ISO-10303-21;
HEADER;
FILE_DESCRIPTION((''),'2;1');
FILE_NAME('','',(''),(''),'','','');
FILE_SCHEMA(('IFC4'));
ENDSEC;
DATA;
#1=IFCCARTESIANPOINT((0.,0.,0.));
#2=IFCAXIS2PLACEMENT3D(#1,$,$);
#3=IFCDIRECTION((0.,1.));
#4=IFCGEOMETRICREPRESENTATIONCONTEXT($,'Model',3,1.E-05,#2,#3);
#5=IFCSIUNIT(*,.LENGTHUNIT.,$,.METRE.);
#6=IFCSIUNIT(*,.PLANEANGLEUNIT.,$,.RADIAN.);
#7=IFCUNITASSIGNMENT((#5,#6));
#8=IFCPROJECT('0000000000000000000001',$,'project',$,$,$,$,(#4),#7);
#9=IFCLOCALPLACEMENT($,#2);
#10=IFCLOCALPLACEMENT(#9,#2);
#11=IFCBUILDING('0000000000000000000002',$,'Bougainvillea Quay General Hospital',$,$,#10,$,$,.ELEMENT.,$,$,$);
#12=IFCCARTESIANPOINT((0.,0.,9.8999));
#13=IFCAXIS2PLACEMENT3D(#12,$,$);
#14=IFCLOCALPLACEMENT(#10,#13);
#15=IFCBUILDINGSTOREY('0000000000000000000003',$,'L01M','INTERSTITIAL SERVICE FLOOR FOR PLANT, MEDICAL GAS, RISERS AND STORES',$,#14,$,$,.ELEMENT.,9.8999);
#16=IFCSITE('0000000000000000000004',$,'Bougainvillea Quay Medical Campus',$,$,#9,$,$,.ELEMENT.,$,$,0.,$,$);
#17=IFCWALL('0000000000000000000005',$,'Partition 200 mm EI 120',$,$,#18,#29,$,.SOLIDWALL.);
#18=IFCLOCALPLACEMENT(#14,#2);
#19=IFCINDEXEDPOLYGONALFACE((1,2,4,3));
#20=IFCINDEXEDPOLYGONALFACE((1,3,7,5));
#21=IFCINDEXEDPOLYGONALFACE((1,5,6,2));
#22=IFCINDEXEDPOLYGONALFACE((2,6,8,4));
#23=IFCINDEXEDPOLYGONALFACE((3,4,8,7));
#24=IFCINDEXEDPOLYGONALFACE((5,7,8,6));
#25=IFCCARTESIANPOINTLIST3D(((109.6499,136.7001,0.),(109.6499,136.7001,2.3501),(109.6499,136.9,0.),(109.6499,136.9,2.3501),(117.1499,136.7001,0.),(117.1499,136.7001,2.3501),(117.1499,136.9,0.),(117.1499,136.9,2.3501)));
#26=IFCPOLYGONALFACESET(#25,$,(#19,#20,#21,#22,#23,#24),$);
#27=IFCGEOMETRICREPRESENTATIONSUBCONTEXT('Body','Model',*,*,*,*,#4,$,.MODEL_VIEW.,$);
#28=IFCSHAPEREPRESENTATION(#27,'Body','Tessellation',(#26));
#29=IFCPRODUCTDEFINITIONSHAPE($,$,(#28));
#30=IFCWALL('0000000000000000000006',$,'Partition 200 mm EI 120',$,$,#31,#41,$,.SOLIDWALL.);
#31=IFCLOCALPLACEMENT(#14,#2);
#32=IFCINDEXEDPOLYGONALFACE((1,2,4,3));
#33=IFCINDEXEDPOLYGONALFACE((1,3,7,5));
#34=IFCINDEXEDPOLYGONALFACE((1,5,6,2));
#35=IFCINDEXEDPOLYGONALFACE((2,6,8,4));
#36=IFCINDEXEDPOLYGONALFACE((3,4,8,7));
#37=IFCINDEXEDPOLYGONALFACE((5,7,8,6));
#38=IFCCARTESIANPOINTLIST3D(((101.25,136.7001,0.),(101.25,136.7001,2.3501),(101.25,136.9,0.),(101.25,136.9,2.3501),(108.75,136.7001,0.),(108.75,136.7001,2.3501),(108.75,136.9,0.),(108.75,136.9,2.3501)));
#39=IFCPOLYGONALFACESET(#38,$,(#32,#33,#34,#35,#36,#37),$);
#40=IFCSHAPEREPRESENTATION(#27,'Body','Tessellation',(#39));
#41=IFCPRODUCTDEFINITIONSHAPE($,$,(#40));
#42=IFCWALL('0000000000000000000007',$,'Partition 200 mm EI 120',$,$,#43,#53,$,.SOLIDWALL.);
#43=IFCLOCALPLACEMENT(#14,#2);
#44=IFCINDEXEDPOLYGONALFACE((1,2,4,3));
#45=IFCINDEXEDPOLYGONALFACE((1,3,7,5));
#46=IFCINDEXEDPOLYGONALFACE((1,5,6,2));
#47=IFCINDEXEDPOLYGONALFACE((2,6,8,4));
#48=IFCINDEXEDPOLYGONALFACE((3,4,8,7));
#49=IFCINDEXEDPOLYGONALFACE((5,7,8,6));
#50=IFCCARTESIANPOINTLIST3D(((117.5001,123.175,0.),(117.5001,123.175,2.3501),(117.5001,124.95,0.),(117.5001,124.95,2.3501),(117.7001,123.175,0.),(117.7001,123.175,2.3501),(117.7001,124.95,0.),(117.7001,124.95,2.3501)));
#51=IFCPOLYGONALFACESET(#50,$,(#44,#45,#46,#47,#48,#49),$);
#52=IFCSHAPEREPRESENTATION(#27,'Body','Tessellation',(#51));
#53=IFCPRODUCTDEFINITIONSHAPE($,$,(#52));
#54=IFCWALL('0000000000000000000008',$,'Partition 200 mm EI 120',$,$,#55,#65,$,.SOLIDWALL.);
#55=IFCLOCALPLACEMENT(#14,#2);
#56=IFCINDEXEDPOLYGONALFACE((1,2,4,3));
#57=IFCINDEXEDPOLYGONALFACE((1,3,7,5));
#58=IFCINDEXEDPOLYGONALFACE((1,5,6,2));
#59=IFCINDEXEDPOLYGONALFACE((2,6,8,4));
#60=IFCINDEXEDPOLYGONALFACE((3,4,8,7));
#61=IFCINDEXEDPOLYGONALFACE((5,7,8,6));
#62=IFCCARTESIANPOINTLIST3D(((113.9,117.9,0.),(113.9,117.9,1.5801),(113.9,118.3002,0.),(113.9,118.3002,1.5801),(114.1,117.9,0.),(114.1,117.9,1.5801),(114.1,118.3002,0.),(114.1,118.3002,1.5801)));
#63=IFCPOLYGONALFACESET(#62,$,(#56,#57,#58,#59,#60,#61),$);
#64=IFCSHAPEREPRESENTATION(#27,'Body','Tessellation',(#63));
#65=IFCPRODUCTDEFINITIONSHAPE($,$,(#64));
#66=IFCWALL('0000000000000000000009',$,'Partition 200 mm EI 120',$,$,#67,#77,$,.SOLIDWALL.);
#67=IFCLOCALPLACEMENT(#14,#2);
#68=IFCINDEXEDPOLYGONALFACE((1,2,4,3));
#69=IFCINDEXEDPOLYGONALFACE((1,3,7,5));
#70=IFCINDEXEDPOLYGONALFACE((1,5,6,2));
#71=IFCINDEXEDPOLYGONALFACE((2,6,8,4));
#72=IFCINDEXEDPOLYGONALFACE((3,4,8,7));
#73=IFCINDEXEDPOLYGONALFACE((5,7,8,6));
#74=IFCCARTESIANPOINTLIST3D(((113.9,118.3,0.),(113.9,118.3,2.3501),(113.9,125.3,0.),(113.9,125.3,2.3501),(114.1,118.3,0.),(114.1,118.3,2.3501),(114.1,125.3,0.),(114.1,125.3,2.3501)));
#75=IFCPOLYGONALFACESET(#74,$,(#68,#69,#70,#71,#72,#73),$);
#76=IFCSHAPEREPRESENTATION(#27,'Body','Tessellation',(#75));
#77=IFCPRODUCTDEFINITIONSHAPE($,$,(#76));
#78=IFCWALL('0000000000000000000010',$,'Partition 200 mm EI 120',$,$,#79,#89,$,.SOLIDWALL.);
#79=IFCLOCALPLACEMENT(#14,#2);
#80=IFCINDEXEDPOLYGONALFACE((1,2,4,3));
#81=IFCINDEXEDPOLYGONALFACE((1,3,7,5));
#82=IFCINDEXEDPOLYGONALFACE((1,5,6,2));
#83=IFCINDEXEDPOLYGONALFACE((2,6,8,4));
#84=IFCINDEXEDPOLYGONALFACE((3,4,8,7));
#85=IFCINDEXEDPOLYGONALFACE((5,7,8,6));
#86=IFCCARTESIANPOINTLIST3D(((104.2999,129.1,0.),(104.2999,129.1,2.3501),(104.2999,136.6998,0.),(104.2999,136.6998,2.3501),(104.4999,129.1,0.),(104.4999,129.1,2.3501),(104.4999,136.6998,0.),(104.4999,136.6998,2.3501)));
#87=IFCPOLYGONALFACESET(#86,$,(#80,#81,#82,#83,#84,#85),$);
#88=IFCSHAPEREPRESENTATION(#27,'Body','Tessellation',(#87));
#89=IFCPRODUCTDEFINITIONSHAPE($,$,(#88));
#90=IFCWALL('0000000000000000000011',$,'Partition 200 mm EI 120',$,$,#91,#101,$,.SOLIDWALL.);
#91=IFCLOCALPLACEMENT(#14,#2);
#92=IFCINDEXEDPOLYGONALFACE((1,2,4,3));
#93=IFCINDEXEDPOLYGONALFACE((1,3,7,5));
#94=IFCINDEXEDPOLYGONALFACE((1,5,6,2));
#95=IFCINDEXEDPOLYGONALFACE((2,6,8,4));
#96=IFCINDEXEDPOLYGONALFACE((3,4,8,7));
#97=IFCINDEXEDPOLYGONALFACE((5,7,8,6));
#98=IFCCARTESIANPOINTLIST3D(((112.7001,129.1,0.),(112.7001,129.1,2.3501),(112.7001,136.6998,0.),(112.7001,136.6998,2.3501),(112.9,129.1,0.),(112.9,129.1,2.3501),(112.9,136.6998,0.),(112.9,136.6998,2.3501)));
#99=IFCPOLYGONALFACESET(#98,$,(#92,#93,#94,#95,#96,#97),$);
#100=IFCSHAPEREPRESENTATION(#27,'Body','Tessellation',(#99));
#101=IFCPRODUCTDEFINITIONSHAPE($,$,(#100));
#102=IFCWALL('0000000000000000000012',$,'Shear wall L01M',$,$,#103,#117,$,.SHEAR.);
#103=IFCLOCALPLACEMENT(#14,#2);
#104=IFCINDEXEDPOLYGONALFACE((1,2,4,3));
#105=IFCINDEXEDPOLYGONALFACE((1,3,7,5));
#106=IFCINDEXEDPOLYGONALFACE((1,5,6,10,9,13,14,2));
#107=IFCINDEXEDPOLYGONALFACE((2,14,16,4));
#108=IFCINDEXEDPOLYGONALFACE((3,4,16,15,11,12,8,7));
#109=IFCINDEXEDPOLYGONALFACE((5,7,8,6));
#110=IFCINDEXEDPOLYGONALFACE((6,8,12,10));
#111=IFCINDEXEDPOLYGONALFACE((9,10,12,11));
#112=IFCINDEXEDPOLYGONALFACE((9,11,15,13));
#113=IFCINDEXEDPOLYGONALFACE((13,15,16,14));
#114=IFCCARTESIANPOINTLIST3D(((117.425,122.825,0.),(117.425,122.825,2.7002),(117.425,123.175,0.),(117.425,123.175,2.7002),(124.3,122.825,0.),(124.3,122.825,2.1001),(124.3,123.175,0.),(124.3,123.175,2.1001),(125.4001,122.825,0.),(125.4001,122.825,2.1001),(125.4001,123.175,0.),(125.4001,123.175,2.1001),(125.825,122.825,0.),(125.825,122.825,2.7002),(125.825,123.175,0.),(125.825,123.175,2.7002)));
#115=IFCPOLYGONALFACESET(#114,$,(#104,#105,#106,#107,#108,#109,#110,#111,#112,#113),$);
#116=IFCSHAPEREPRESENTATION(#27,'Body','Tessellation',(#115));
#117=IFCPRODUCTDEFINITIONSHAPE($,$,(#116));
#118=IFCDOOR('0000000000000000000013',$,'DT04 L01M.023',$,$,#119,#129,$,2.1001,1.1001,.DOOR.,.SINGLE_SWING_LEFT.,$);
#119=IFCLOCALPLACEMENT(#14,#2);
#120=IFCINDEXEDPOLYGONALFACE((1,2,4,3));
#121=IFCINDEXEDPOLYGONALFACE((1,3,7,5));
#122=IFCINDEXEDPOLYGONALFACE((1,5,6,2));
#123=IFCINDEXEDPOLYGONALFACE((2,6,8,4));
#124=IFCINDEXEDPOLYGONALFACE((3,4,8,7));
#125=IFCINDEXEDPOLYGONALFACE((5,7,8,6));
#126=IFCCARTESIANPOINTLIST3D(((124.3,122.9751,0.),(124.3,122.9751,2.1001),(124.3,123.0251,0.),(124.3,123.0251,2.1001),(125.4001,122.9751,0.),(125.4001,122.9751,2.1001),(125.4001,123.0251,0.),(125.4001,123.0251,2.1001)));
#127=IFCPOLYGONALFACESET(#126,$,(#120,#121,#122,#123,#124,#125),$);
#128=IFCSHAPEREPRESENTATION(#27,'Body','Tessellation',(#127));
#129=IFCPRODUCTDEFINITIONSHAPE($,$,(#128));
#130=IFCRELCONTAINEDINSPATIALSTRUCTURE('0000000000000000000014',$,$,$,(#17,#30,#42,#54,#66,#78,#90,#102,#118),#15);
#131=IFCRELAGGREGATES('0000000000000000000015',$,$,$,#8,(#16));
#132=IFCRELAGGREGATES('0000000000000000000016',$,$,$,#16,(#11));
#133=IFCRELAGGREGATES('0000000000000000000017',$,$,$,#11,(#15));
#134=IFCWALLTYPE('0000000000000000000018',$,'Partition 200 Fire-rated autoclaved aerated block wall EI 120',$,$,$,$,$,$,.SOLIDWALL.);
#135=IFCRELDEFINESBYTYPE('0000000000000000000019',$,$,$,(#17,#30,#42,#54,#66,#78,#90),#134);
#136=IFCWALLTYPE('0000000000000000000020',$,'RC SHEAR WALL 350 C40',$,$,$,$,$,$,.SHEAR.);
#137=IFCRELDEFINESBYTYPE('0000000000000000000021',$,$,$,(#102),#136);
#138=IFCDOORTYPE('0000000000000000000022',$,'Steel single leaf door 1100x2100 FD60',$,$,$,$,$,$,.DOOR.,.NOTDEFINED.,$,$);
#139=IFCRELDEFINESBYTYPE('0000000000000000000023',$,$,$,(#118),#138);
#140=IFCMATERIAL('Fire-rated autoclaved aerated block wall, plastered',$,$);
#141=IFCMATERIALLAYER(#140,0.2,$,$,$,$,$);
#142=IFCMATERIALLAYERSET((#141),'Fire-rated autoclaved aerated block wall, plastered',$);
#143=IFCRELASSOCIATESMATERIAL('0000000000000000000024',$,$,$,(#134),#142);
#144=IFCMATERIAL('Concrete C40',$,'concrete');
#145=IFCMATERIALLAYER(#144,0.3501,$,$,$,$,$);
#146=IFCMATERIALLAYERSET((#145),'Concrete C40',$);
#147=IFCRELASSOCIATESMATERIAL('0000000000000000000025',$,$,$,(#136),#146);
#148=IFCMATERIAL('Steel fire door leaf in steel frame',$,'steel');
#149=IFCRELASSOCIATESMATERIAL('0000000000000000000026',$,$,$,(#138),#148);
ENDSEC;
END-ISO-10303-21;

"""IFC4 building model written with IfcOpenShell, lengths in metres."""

from ifc_helpers import new_model, si_unit, direction, frame, frame_2d, origin, place, context, subcontext, project, spatial, rectangle, extrude, material, layer, layer_set, type_object, element, fill, save


model = new_model("IFC4")

# Units and contexts
model_context = context("Model", 3, precision=1e-05, world=origin(), true_north=direction((0.0, 1.0)))
body_context = subcontext(model_context, "Body", "Model", "MODEL_VIEW")
ifc_project = project(units=[si_unit("LENGTHUNIT", "METRE"), si_unit("PLANEANGLEUNIT", "RADIAN")], contexts=[model_context])

# Site, building, storey
site_placement = place(None, origin())
site = spatial("IfcSite", under=ifc_project, at=site_placement, Name="Bougainvillea Quay Medical Campus", CompositionType="ELEMENT", RefElevation=0.0)
building_placement = place(site_placement, origin())
building = spatial("IfcBuilding", under=site, at=building_placement, Name="Bougainvillea Quay General Hospital", CompositionType="ELEMENT")
storey_placement = place(building_placement, frame((0.0, 0.0, 9.8999)))
storey = spatial("IfcBuildingStorey", under=building, at=storey_placement, Name="L01M", Description="INTERSTITIAL SERVICE FLOOR FOR PLANT, MEDICAL GAS, RISERS AND STORES", CompositionType="ELEMENT", Elevation=9.8999)

# Shared definitions
ifc_material_1 = material(Name="Concrete C40", Category="concrete")

# Shared definitions
ifc_material_2 = material(Name="Fire-rated autoclaved aerated block wall, plastered")
ifc_layer_1 = layer(ifc_material_2, 0.2)
ifc_layer_set_1 = layer_set([ifc_layer_1], Name="Fire-rated autoclaved aerated block wall, plastered")
wall_type_1 = type_object("IfcWallType", Name="Partition 200 Fire-rated autoclaved aerated block wall EI 120", PredefinedType="SOLIDWALL", material=ifc_layer_set_1)
ifc_material_3 = material(Name="Steel fire door leaf in steel frame", Category="steel")

# Walls
for number, where, z_axis, x_axis, name in (
    (1, (117.1499, 136.8, 0.0), (0.0, 0.0, 1.0), (-1.0, 0.0, 0.0), "Partition 200 mm EI 120"),
    (2, (108.75, 136.8, 0.0), (0.0, 0.0, 1.0), (-1.0, 0.0, 0.0), "Partition 200 mm EI 120"),
):
    element("IfcWall", number, at=place(storey_placement, frame(where, z_axis=z_axis, x_axis=x_axis)), inside=storey, type_object=wall_type_1, Name=name, PredefinedType="SOLIDWALL", context=body_context, shape_type="SweptSolid", body=[
        extrude(rectangle(XDim=7.5, YDim=0.2, at=frame_2d((3.75, 0.0))), origin(), (0.0, 0.0, 1.0), 2.3501),
    ])
wall_1_placement = place(storey_placement, frame((117.6001, 123.175, 0.0), z_axis=(0.0, 0.0, 1.0), x_axis=(0.0, 1.0, 0.0)))
element("IfcWall", 3, at=wall_1_placement, inside=storey, type_object=wall_type_1, Name="Partition 200 mm EI 120", PredefinedType="SOLIDWALL", context=body_context, shape_type="SweptSolid", body=[
    extrude(rectangle(XDim=1.7749, YDim=0.2, at=frame_2d((0.8875, 0.0))), origin(), (0.0, 0.0, 1.0), 2.3501),
])
wall_2_placement = place(storey_placement, frame((114.0, 117.8999, 0.0), z_axis=(0.0, 0.0, 1.0), x_axis=(0.0, 1.0, 0.0)))
element("IfcWall", 4, at=wall_2_placement, inside=storey, type_object=wall_type_1, Name="Partition 200 mm EI 120", PredefinedType="SOLIDWALL", context=body_context, shape_type="SweptSolid", body=[
    extrude(rectangle(XDim=0.4001, YDim=0.2, at=frame_2d((0.2002, 0.0))), origin(), (0.0, 0.0, 1.0), 1.5801),
])
wall_3_placement = place(storey_placement, frame((114.0, 118.3, 0.0), z_axis=(0.0, 0.0, 1.0), x_axis=(0.0, 1.0, 0.0)))
element("IfcWall", 5, at=wall_3_placement, inside=storey, type_object=wall_type_1, Name="Partition 200 mm EI 120", PredefinedType="SOLIDWALL", context=body_context, shape_type="SweptSolid", body=[
    extrude(rectangle(XDim=7.0, YDim=0.2, at=frame_2d((3.5, 0.0))), origin(), (0.0, 0.0, 1.0), 2.3501),
])
for number, where, z_axis, x_axis, name in (
    (6, (104.3999, 129.1001, 0.0), (0.0, 0.0, 1.0), (0.0, 1.0, 0.0), "Partition 200 mm EI 120"),
    (7, (112.8, 129.1001, 0.0), (0.0, 0.0, 1.0), (0.0, 1.0, 0.0), "Partition 200 mm EI 120"),
):
    element("IfcWall", number, at=place(storey_placement, frame(where, z_axis=z_axis, x_axis=x_axis)), inside=storey, type_object=wall_type_1, Name=name, PredefinedType="SOLIDWALL", context=body_context, shape_type="SweptSolid", body=[
        extrude(rectangle(XDim=7.5999, YDim=0.2, at=frame_2d((3.7998, 0.0))), origin(), (0.0, 0.0, 1.0), 2.3501),
    ])

# Wall, opening, door
ifc_layer_2 = layer(ifc_material_1, 0.3501)
ifc_layer_set_2 = layer_set([ifc_layer_2], Name="Concrete C40")
wall_type_2 = type_object("IfcWallType", Name="RC SHEAR WALL 350 C40", PredefinedType="SHEAR", material=ifc_layer_set_2)
wall_4_placement = place(storey_placement, frame((117.425, 123.0, 0.0), z_axis=(0.0, 0.0, 1.0), x_axis=(1.0, 0.0, 0.0)))
wall_4 = element("IfcWall", 8, at=wall_4_placement, inside=storey, type_object=wall_type_2, Name="Shear wall L01M", PredefinedType="SHEAR", context=body_context, shape_type="SweptSolid", body=[
    extrude(rectangle(XDim=8.3999, YDim=0.3501, at=frame_2d((4.2, 0.0))), origin(), (0.0, 0.0, 1.0), 2.7002),
])
opening_1_placement = place(wall_4_placement, frame((6.875, 0.0, 0.0)))
opening_1 = element("IfcOpeningElement", 9, at=opening_1_placement, cuts=wall_4, PredefinedType="OPENING", context=body_context, shape_type="SweptSolid", body=[
    extrude(rectangle(XDim=1.1001, YDim=2.1001, at=frame_2d((0.55, 1.05))), frame((0.0, 0.1851, 0.0), z_axis=(0.0, -1.0, 0.0), x_axis=(1.0, 0.0, 0.0)), (0.0, 0.0, 1.0), 0.3701),
])
door_type_1 = type_object("IfcDoorType", Name="Steel single leaf door 1100x2100 FD60", OperationType="NOTDEFINED", PredefinedType="DOOR", material=ifc_material_3)
door_1_placement = place(opening_1_placement, frame((1.1001, 0.0, 0.0), z_axis=(0.0, 0.0, 1.0), x_axis=(-1.0, 0.0, 0.0)))
door_1 = element("IfcDoor", 10, at=door_1_placement, inside=storey, type_object=door_type_1, Name="DT04 L01M.023", OperationType="SINGLE_SWING_LEFT", OverallHeight=2.1001, OverallWidth=1.1001, PredefinedType="DOOR", context=body_context, shape_type="SweptSolid", body=[
    extrude(rectangle(XDim=1.1001, YDim=2.1001, at=frame_2d((0.55, 1.05))), frame((0.0, 0.0249, 0.0), z_axis=(0.0, -1.0, 0.0), x_axis=(1.0, 0.0, 0.0)), (0.0, 0.0, 1.0), 0.05),
])
fill(opening_1, door_1)

save(model, "model.ifc")
